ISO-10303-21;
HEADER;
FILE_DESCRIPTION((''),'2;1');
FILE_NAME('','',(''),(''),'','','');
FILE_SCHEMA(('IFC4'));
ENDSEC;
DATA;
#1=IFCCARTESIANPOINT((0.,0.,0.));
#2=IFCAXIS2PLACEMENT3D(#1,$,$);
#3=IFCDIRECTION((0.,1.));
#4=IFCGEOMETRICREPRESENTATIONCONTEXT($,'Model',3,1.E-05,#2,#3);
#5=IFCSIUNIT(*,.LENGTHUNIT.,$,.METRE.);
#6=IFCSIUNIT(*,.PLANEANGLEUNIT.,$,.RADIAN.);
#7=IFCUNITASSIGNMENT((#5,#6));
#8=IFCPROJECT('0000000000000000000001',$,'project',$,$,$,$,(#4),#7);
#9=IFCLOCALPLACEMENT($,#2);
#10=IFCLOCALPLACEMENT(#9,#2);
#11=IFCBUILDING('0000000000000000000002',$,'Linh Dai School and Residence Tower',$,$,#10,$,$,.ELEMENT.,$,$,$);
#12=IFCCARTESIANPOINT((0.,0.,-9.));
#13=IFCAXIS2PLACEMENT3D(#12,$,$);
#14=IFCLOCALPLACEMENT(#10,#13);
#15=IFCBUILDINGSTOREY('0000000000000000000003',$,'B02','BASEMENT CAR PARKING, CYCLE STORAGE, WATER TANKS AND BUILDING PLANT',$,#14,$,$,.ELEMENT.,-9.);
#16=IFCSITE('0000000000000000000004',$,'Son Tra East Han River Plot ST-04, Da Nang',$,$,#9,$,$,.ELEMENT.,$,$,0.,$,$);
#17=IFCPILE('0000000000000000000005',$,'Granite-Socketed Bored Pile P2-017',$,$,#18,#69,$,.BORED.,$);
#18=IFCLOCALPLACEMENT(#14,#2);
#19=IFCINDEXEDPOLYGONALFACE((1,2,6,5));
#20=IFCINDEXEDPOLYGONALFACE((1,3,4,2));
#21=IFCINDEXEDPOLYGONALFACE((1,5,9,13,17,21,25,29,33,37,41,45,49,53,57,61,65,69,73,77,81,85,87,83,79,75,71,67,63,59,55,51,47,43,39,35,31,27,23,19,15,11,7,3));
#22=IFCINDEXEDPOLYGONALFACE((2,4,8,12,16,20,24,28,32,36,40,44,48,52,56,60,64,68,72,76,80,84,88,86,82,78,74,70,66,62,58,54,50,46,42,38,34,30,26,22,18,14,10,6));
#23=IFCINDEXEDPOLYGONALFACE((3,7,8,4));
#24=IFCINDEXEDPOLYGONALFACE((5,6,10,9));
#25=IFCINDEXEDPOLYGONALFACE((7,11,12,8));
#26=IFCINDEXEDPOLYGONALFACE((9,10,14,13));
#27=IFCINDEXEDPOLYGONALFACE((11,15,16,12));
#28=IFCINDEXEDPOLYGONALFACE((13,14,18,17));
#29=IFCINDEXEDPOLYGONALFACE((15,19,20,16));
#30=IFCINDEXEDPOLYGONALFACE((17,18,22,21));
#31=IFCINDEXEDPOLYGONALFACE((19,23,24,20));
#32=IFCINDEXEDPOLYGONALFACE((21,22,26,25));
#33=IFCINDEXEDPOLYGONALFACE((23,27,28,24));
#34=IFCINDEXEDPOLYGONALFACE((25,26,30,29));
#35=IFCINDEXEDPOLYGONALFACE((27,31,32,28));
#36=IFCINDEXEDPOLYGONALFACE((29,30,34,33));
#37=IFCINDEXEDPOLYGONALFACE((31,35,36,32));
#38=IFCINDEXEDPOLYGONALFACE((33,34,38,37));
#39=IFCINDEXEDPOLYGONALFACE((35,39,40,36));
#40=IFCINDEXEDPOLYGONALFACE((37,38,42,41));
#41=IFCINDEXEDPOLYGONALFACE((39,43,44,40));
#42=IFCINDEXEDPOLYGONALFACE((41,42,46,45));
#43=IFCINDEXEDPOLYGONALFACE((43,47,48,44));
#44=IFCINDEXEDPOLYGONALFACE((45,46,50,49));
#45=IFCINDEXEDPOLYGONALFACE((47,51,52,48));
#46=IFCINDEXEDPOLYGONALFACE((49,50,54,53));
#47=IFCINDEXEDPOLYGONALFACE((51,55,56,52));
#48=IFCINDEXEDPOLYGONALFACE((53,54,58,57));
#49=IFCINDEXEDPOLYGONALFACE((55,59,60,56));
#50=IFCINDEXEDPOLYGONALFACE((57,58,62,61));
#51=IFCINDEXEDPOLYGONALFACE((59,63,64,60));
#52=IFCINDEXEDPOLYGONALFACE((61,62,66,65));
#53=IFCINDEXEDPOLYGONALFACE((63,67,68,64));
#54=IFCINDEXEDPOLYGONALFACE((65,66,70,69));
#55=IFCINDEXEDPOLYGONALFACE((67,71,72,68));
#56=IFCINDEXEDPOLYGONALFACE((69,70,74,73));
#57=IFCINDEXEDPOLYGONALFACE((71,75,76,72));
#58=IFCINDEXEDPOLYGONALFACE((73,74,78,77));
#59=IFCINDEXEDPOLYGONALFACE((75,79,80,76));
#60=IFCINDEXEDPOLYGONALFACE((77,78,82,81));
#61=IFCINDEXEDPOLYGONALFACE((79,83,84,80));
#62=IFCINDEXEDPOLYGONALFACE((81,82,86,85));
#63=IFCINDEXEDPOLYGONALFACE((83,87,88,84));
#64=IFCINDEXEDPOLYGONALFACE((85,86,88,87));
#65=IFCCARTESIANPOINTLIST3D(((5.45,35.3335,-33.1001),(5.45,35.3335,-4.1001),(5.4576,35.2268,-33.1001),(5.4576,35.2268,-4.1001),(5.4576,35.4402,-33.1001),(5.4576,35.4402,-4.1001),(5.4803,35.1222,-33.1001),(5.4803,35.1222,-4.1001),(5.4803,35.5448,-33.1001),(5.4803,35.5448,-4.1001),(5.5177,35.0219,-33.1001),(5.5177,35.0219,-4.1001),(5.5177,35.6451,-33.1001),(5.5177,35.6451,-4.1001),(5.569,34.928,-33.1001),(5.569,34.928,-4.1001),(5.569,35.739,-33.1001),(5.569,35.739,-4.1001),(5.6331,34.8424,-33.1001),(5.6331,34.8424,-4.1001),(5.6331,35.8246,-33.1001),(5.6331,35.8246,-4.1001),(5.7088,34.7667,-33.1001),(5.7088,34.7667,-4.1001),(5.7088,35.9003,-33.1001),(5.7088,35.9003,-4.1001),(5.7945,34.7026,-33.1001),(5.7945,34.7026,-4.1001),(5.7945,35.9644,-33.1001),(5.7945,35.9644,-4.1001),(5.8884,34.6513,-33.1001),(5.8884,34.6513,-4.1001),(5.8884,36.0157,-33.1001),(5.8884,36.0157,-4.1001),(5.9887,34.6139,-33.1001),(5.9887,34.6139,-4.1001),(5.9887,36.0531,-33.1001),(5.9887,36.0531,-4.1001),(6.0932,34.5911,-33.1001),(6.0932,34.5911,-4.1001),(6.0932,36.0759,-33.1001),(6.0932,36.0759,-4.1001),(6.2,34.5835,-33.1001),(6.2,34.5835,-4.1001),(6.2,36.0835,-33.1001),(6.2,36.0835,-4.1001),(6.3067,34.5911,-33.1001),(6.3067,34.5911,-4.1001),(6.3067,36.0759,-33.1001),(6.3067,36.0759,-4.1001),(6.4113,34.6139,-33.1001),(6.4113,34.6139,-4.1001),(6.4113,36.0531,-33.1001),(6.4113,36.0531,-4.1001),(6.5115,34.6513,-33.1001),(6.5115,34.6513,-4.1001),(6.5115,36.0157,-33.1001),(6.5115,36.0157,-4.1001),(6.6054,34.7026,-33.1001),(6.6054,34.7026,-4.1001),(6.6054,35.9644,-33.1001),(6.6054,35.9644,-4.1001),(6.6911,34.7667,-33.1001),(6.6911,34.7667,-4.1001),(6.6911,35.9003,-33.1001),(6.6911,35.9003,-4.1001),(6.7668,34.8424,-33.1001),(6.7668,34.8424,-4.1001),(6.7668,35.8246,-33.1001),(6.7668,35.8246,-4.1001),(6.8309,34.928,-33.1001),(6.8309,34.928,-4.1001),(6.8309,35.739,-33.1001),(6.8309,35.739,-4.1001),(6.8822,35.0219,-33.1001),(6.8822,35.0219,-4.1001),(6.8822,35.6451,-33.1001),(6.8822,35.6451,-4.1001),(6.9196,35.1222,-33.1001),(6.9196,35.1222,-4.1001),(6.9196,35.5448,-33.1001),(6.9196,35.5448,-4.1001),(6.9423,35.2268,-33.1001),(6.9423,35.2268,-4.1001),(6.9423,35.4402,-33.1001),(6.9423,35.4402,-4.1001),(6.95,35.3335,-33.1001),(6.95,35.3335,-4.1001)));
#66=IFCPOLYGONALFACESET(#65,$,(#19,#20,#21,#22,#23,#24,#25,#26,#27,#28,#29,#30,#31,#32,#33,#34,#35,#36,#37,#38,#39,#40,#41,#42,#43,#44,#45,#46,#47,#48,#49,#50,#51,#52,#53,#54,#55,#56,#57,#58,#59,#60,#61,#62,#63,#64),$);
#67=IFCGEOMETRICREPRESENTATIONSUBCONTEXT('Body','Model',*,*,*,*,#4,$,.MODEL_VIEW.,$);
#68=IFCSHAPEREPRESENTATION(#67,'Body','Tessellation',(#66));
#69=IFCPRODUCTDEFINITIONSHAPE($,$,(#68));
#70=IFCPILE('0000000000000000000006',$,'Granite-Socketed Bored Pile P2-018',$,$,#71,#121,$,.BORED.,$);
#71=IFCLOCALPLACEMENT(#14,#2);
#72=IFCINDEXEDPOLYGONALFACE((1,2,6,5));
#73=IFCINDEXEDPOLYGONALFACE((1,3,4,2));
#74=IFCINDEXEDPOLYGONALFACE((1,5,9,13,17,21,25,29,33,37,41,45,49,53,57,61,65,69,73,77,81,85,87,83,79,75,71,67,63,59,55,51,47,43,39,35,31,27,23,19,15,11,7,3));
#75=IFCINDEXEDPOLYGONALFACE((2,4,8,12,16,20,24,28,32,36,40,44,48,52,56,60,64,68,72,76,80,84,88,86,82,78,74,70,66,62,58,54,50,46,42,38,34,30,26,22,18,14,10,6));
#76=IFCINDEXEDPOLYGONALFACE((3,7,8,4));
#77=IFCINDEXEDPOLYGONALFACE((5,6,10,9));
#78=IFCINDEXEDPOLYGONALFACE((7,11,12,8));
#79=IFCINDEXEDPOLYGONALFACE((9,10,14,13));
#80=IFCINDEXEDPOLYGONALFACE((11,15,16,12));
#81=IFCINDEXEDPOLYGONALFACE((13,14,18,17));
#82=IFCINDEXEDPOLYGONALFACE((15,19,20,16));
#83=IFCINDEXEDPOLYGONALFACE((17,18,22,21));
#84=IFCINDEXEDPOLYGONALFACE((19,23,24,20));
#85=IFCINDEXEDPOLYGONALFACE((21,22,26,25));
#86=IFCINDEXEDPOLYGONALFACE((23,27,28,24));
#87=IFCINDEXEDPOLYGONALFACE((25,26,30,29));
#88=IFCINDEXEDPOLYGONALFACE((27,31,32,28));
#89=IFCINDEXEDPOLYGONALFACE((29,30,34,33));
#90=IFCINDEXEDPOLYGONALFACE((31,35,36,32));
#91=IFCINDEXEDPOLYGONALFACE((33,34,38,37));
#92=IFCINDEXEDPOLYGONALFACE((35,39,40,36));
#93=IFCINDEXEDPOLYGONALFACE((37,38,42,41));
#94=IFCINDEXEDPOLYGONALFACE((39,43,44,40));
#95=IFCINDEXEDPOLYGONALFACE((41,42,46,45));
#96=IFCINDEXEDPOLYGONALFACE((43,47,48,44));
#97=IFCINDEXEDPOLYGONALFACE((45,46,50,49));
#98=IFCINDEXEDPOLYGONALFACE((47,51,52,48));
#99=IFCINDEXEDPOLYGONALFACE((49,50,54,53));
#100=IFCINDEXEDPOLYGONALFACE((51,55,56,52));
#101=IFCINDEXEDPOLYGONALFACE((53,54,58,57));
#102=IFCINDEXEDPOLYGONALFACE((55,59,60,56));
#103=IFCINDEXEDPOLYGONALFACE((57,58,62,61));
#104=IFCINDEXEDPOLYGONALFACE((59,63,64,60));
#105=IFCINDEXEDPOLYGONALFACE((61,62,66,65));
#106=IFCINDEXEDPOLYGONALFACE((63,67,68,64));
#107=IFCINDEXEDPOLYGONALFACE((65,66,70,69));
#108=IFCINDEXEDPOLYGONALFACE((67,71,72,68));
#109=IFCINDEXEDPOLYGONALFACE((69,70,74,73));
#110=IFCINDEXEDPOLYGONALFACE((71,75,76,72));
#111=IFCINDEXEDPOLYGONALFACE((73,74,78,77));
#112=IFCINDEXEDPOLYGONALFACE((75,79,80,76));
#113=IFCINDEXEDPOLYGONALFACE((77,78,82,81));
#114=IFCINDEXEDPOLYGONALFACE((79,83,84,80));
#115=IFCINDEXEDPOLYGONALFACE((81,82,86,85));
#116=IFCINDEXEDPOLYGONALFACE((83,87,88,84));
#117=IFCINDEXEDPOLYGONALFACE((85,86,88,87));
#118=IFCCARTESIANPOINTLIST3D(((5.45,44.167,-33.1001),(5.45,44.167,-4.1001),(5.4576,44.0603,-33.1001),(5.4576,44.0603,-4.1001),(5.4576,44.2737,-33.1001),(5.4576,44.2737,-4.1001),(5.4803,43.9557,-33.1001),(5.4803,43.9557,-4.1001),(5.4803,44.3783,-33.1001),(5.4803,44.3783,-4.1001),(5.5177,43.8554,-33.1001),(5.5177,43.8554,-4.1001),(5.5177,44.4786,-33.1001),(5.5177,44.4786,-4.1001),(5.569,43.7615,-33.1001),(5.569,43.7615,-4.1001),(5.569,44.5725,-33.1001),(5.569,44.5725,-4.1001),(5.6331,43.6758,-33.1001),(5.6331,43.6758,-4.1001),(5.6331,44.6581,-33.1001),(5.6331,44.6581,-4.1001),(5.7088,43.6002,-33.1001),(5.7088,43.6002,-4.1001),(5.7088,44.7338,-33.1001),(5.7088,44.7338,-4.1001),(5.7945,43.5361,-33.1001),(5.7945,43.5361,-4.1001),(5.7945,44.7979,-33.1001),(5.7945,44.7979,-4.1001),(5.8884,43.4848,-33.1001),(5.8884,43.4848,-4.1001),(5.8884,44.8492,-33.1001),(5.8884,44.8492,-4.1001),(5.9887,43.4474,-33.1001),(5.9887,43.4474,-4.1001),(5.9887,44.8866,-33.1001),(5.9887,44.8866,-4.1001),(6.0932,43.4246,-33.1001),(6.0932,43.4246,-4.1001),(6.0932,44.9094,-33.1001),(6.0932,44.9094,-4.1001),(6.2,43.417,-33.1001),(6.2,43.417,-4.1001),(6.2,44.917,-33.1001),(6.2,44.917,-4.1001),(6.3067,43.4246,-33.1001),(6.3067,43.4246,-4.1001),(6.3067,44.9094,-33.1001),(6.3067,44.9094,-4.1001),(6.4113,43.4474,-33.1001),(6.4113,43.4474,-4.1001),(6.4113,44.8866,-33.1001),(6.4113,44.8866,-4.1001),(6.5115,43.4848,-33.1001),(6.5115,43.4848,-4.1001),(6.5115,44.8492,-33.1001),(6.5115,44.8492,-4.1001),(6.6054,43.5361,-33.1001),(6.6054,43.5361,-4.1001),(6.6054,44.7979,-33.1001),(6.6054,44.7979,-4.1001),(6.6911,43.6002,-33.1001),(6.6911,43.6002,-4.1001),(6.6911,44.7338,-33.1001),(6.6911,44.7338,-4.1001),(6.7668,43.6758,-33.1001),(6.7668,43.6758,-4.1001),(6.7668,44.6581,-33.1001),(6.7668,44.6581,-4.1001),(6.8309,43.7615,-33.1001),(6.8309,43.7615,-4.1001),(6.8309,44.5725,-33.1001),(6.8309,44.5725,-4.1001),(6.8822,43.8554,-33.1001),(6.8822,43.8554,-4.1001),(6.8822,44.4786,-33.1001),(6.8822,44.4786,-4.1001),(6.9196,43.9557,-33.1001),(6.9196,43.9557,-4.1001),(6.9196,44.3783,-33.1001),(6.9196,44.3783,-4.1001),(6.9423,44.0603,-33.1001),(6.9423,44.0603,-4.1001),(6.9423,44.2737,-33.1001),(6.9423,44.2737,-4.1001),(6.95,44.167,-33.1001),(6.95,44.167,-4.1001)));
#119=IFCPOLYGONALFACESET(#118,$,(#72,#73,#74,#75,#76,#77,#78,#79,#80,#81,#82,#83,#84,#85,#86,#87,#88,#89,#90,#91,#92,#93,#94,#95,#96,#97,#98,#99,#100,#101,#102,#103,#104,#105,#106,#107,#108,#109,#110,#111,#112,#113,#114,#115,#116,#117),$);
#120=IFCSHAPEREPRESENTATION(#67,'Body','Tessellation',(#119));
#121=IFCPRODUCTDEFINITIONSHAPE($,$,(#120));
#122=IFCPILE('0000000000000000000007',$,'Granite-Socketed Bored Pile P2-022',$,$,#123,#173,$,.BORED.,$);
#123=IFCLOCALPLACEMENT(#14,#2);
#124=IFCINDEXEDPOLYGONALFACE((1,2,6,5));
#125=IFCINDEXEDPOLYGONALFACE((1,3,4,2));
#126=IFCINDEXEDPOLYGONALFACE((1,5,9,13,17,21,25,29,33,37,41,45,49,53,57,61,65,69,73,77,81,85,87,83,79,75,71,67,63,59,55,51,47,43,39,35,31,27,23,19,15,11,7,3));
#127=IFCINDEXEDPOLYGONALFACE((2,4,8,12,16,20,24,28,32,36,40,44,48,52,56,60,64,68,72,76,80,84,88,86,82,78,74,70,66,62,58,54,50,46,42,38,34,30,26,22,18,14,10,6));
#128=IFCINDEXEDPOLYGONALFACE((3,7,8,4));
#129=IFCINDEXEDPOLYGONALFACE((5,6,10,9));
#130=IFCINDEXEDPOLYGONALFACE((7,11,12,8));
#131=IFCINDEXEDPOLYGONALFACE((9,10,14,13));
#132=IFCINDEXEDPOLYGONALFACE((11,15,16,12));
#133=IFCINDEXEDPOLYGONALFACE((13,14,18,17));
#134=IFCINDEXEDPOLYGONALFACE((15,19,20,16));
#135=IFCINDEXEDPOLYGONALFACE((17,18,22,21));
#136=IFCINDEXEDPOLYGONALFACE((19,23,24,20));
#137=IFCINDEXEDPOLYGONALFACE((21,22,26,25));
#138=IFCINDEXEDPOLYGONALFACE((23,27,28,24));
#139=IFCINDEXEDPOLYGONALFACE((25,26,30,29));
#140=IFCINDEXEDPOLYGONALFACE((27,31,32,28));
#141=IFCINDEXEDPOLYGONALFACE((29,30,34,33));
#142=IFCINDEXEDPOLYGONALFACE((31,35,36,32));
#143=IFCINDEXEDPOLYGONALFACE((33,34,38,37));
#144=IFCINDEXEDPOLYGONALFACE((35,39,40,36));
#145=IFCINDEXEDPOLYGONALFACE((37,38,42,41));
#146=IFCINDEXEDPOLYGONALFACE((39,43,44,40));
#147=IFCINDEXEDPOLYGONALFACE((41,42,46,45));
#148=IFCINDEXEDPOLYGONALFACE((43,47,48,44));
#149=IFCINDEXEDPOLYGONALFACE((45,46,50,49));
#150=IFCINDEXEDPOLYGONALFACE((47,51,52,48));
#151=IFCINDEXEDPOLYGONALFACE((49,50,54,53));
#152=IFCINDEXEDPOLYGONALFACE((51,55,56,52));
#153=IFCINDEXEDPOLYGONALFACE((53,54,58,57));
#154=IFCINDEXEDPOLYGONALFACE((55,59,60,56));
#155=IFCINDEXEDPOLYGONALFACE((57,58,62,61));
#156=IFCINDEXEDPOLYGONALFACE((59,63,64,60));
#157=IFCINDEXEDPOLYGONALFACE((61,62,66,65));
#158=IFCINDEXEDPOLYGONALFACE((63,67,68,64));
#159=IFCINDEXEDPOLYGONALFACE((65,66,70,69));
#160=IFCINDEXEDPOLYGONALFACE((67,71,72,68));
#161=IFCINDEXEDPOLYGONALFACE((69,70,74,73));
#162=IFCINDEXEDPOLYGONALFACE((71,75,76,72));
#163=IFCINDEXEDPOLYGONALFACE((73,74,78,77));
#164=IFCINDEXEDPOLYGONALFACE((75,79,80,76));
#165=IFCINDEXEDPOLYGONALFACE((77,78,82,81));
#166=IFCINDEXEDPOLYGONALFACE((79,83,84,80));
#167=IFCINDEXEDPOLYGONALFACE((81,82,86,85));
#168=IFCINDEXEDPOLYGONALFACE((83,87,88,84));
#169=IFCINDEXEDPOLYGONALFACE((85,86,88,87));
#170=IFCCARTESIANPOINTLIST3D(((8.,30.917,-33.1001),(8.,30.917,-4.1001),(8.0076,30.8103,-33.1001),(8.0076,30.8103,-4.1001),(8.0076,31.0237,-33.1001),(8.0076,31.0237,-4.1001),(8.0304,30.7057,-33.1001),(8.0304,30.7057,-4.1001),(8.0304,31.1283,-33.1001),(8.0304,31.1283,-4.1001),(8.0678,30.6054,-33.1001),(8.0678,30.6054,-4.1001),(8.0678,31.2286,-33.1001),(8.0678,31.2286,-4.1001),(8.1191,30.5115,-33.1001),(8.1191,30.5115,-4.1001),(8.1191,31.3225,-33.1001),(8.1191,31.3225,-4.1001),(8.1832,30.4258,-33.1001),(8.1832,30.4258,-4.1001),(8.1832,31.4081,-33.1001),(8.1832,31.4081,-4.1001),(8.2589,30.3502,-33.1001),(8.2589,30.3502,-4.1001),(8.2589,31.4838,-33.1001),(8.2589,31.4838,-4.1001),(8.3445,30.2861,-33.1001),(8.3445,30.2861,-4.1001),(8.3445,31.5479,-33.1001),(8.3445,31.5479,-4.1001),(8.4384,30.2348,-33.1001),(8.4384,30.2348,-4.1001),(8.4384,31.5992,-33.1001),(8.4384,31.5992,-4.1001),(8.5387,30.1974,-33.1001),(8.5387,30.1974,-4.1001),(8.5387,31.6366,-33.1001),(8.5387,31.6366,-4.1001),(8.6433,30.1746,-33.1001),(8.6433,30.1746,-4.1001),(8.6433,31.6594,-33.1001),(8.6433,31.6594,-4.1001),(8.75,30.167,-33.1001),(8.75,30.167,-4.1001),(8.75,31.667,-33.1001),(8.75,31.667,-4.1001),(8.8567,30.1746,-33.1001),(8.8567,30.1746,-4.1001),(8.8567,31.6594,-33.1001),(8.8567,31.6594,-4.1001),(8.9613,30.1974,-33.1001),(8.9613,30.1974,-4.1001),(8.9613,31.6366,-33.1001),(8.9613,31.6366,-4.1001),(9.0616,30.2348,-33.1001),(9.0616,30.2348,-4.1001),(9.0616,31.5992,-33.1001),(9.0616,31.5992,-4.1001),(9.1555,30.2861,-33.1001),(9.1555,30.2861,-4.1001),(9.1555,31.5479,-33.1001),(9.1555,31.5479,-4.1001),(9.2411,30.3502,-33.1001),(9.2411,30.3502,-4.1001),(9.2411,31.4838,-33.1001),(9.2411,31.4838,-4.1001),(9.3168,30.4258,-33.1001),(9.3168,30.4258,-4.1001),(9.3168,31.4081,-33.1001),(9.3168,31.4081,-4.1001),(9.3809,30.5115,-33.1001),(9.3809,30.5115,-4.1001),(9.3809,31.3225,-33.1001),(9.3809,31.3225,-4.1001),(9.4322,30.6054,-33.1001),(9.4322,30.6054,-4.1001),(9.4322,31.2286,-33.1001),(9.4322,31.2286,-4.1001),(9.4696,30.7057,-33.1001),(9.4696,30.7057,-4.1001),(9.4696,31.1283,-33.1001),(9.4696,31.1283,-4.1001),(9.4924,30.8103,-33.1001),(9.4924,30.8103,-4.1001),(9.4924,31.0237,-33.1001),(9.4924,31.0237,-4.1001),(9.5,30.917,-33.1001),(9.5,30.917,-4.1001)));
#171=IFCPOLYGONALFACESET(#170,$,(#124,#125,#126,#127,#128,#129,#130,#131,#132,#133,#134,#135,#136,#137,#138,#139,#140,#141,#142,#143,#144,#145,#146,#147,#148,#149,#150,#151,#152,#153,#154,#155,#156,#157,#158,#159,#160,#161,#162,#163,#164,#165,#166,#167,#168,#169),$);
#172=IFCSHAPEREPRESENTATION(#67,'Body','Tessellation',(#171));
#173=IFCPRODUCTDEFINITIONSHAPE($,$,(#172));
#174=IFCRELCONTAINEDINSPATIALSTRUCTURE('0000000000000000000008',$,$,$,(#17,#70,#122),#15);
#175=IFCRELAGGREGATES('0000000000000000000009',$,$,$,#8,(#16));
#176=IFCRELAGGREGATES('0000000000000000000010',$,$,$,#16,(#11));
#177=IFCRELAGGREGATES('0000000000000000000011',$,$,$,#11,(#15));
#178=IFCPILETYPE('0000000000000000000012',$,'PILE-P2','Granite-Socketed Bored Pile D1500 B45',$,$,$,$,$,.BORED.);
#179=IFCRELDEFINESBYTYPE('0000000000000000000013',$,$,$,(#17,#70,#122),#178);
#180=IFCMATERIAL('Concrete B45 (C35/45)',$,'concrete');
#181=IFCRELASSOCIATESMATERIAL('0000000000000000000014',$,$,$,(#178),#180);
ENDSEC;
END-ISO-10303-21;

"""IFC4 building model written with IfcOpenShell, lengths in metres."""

from ifc_helpers import new_model, si_unit, direction, frame, origin, origin_2d, place, context, subcontext, project, spatial, circle, extrude, material, material_profile, profile_set, type_object, element, save


model = new_model("IFC4")

# Units and contexts
model_context = context("Model", 3, precision=1e-05, world=origin(), true_north=direction((0.0, 1.0)))
body_context = subcontext(model_context, "Body", "Model", "MODEL_VIEW")
ifc_project = project(units=[si_unit("LENGTHUNIT", "METRE"), si_unit("PLANEANGLEUNIT", "RADIAN")], contexts=[model_context])

# Site, building, storey
site_placement = place(None, origin())
site = spatial("IfcSite", under=ifc_project, at=site_placement, Name="Son Tra East Han River Plot ST-04, Da Nang", CompositionType="ELEMENT", RefElevation=0.0)
building_placement = place(site_placement, origin())
building = spatial("IfcBuilding", under=site, at=building_placement, Name="Linh Dai School and Residence Tower", CompositionType="ELEMENT")
storey_placement = place(building_placement, frame((0.0, 0.0, -9.0)))
storey = spatial("IfcBuildingStorey", under=building, at=storey_placement, Name="B02", Description="BASEMENT CAR PARKING, CYCLE STORAGE, WATER TANKS AND BUILDING PLANT", CompositionType="ELEMENT", Elevation=-9.0)

# Piles
ifc_material_1 = material(Name="Concrete B45 (C35/45)", Category="concrete")
ifc_material_profile_1 = material_profile(ifc_material_1, circle(Radius=0.75, at=origin_2d()), Name="PILE D1500")
ifc_profile_set_1 = profile_set([ifc_material_profile_1], Name="Concrete B45 (C35/45)")
pile_type = type_object("IfcPileType", Name="PILE-P2", Description="Granite-Socketed Bored Pile D1500 B45", PredefinedType="BORED", material=ifc_profile_set_1)
for number, where, z_axis, x_axis, name in (
    (1, (6.2, 35.3335, -4.1001), (0.0, 0.0, -1.0), (1.0, 0.0, 0.0), "Granite-Socketed Bored Pile P2-017"),
    (2, (6.2, 44.167, -4.1001), (0.0, 0.0, -1.0), (1.0, 0.0, 0.0), "Granite-Socketed Bored Pile P2-018"),
    (3, (8.75, 30.917, -4.1001), (0.0, 0.0, -1.0), (1.0, 0.0, 0.0), "Granite-Socketed Bored Pile P2-022"),
):
    element("IfcPile", number, at=place(storey_placement, frame(where, z_axis=z_axis, x_axis=x_axis)), inside=storey, type_object=pile_type, Name=name, PredefinedType="BORED", context=body_context, shape_type="SweptSolid", body=[
        extrude(circle(Radius=0.75, at=origin_2d()), origin(), (0.0, 0.0, 1.0), 29.0),
    ])

save(model, "model.ifc")
